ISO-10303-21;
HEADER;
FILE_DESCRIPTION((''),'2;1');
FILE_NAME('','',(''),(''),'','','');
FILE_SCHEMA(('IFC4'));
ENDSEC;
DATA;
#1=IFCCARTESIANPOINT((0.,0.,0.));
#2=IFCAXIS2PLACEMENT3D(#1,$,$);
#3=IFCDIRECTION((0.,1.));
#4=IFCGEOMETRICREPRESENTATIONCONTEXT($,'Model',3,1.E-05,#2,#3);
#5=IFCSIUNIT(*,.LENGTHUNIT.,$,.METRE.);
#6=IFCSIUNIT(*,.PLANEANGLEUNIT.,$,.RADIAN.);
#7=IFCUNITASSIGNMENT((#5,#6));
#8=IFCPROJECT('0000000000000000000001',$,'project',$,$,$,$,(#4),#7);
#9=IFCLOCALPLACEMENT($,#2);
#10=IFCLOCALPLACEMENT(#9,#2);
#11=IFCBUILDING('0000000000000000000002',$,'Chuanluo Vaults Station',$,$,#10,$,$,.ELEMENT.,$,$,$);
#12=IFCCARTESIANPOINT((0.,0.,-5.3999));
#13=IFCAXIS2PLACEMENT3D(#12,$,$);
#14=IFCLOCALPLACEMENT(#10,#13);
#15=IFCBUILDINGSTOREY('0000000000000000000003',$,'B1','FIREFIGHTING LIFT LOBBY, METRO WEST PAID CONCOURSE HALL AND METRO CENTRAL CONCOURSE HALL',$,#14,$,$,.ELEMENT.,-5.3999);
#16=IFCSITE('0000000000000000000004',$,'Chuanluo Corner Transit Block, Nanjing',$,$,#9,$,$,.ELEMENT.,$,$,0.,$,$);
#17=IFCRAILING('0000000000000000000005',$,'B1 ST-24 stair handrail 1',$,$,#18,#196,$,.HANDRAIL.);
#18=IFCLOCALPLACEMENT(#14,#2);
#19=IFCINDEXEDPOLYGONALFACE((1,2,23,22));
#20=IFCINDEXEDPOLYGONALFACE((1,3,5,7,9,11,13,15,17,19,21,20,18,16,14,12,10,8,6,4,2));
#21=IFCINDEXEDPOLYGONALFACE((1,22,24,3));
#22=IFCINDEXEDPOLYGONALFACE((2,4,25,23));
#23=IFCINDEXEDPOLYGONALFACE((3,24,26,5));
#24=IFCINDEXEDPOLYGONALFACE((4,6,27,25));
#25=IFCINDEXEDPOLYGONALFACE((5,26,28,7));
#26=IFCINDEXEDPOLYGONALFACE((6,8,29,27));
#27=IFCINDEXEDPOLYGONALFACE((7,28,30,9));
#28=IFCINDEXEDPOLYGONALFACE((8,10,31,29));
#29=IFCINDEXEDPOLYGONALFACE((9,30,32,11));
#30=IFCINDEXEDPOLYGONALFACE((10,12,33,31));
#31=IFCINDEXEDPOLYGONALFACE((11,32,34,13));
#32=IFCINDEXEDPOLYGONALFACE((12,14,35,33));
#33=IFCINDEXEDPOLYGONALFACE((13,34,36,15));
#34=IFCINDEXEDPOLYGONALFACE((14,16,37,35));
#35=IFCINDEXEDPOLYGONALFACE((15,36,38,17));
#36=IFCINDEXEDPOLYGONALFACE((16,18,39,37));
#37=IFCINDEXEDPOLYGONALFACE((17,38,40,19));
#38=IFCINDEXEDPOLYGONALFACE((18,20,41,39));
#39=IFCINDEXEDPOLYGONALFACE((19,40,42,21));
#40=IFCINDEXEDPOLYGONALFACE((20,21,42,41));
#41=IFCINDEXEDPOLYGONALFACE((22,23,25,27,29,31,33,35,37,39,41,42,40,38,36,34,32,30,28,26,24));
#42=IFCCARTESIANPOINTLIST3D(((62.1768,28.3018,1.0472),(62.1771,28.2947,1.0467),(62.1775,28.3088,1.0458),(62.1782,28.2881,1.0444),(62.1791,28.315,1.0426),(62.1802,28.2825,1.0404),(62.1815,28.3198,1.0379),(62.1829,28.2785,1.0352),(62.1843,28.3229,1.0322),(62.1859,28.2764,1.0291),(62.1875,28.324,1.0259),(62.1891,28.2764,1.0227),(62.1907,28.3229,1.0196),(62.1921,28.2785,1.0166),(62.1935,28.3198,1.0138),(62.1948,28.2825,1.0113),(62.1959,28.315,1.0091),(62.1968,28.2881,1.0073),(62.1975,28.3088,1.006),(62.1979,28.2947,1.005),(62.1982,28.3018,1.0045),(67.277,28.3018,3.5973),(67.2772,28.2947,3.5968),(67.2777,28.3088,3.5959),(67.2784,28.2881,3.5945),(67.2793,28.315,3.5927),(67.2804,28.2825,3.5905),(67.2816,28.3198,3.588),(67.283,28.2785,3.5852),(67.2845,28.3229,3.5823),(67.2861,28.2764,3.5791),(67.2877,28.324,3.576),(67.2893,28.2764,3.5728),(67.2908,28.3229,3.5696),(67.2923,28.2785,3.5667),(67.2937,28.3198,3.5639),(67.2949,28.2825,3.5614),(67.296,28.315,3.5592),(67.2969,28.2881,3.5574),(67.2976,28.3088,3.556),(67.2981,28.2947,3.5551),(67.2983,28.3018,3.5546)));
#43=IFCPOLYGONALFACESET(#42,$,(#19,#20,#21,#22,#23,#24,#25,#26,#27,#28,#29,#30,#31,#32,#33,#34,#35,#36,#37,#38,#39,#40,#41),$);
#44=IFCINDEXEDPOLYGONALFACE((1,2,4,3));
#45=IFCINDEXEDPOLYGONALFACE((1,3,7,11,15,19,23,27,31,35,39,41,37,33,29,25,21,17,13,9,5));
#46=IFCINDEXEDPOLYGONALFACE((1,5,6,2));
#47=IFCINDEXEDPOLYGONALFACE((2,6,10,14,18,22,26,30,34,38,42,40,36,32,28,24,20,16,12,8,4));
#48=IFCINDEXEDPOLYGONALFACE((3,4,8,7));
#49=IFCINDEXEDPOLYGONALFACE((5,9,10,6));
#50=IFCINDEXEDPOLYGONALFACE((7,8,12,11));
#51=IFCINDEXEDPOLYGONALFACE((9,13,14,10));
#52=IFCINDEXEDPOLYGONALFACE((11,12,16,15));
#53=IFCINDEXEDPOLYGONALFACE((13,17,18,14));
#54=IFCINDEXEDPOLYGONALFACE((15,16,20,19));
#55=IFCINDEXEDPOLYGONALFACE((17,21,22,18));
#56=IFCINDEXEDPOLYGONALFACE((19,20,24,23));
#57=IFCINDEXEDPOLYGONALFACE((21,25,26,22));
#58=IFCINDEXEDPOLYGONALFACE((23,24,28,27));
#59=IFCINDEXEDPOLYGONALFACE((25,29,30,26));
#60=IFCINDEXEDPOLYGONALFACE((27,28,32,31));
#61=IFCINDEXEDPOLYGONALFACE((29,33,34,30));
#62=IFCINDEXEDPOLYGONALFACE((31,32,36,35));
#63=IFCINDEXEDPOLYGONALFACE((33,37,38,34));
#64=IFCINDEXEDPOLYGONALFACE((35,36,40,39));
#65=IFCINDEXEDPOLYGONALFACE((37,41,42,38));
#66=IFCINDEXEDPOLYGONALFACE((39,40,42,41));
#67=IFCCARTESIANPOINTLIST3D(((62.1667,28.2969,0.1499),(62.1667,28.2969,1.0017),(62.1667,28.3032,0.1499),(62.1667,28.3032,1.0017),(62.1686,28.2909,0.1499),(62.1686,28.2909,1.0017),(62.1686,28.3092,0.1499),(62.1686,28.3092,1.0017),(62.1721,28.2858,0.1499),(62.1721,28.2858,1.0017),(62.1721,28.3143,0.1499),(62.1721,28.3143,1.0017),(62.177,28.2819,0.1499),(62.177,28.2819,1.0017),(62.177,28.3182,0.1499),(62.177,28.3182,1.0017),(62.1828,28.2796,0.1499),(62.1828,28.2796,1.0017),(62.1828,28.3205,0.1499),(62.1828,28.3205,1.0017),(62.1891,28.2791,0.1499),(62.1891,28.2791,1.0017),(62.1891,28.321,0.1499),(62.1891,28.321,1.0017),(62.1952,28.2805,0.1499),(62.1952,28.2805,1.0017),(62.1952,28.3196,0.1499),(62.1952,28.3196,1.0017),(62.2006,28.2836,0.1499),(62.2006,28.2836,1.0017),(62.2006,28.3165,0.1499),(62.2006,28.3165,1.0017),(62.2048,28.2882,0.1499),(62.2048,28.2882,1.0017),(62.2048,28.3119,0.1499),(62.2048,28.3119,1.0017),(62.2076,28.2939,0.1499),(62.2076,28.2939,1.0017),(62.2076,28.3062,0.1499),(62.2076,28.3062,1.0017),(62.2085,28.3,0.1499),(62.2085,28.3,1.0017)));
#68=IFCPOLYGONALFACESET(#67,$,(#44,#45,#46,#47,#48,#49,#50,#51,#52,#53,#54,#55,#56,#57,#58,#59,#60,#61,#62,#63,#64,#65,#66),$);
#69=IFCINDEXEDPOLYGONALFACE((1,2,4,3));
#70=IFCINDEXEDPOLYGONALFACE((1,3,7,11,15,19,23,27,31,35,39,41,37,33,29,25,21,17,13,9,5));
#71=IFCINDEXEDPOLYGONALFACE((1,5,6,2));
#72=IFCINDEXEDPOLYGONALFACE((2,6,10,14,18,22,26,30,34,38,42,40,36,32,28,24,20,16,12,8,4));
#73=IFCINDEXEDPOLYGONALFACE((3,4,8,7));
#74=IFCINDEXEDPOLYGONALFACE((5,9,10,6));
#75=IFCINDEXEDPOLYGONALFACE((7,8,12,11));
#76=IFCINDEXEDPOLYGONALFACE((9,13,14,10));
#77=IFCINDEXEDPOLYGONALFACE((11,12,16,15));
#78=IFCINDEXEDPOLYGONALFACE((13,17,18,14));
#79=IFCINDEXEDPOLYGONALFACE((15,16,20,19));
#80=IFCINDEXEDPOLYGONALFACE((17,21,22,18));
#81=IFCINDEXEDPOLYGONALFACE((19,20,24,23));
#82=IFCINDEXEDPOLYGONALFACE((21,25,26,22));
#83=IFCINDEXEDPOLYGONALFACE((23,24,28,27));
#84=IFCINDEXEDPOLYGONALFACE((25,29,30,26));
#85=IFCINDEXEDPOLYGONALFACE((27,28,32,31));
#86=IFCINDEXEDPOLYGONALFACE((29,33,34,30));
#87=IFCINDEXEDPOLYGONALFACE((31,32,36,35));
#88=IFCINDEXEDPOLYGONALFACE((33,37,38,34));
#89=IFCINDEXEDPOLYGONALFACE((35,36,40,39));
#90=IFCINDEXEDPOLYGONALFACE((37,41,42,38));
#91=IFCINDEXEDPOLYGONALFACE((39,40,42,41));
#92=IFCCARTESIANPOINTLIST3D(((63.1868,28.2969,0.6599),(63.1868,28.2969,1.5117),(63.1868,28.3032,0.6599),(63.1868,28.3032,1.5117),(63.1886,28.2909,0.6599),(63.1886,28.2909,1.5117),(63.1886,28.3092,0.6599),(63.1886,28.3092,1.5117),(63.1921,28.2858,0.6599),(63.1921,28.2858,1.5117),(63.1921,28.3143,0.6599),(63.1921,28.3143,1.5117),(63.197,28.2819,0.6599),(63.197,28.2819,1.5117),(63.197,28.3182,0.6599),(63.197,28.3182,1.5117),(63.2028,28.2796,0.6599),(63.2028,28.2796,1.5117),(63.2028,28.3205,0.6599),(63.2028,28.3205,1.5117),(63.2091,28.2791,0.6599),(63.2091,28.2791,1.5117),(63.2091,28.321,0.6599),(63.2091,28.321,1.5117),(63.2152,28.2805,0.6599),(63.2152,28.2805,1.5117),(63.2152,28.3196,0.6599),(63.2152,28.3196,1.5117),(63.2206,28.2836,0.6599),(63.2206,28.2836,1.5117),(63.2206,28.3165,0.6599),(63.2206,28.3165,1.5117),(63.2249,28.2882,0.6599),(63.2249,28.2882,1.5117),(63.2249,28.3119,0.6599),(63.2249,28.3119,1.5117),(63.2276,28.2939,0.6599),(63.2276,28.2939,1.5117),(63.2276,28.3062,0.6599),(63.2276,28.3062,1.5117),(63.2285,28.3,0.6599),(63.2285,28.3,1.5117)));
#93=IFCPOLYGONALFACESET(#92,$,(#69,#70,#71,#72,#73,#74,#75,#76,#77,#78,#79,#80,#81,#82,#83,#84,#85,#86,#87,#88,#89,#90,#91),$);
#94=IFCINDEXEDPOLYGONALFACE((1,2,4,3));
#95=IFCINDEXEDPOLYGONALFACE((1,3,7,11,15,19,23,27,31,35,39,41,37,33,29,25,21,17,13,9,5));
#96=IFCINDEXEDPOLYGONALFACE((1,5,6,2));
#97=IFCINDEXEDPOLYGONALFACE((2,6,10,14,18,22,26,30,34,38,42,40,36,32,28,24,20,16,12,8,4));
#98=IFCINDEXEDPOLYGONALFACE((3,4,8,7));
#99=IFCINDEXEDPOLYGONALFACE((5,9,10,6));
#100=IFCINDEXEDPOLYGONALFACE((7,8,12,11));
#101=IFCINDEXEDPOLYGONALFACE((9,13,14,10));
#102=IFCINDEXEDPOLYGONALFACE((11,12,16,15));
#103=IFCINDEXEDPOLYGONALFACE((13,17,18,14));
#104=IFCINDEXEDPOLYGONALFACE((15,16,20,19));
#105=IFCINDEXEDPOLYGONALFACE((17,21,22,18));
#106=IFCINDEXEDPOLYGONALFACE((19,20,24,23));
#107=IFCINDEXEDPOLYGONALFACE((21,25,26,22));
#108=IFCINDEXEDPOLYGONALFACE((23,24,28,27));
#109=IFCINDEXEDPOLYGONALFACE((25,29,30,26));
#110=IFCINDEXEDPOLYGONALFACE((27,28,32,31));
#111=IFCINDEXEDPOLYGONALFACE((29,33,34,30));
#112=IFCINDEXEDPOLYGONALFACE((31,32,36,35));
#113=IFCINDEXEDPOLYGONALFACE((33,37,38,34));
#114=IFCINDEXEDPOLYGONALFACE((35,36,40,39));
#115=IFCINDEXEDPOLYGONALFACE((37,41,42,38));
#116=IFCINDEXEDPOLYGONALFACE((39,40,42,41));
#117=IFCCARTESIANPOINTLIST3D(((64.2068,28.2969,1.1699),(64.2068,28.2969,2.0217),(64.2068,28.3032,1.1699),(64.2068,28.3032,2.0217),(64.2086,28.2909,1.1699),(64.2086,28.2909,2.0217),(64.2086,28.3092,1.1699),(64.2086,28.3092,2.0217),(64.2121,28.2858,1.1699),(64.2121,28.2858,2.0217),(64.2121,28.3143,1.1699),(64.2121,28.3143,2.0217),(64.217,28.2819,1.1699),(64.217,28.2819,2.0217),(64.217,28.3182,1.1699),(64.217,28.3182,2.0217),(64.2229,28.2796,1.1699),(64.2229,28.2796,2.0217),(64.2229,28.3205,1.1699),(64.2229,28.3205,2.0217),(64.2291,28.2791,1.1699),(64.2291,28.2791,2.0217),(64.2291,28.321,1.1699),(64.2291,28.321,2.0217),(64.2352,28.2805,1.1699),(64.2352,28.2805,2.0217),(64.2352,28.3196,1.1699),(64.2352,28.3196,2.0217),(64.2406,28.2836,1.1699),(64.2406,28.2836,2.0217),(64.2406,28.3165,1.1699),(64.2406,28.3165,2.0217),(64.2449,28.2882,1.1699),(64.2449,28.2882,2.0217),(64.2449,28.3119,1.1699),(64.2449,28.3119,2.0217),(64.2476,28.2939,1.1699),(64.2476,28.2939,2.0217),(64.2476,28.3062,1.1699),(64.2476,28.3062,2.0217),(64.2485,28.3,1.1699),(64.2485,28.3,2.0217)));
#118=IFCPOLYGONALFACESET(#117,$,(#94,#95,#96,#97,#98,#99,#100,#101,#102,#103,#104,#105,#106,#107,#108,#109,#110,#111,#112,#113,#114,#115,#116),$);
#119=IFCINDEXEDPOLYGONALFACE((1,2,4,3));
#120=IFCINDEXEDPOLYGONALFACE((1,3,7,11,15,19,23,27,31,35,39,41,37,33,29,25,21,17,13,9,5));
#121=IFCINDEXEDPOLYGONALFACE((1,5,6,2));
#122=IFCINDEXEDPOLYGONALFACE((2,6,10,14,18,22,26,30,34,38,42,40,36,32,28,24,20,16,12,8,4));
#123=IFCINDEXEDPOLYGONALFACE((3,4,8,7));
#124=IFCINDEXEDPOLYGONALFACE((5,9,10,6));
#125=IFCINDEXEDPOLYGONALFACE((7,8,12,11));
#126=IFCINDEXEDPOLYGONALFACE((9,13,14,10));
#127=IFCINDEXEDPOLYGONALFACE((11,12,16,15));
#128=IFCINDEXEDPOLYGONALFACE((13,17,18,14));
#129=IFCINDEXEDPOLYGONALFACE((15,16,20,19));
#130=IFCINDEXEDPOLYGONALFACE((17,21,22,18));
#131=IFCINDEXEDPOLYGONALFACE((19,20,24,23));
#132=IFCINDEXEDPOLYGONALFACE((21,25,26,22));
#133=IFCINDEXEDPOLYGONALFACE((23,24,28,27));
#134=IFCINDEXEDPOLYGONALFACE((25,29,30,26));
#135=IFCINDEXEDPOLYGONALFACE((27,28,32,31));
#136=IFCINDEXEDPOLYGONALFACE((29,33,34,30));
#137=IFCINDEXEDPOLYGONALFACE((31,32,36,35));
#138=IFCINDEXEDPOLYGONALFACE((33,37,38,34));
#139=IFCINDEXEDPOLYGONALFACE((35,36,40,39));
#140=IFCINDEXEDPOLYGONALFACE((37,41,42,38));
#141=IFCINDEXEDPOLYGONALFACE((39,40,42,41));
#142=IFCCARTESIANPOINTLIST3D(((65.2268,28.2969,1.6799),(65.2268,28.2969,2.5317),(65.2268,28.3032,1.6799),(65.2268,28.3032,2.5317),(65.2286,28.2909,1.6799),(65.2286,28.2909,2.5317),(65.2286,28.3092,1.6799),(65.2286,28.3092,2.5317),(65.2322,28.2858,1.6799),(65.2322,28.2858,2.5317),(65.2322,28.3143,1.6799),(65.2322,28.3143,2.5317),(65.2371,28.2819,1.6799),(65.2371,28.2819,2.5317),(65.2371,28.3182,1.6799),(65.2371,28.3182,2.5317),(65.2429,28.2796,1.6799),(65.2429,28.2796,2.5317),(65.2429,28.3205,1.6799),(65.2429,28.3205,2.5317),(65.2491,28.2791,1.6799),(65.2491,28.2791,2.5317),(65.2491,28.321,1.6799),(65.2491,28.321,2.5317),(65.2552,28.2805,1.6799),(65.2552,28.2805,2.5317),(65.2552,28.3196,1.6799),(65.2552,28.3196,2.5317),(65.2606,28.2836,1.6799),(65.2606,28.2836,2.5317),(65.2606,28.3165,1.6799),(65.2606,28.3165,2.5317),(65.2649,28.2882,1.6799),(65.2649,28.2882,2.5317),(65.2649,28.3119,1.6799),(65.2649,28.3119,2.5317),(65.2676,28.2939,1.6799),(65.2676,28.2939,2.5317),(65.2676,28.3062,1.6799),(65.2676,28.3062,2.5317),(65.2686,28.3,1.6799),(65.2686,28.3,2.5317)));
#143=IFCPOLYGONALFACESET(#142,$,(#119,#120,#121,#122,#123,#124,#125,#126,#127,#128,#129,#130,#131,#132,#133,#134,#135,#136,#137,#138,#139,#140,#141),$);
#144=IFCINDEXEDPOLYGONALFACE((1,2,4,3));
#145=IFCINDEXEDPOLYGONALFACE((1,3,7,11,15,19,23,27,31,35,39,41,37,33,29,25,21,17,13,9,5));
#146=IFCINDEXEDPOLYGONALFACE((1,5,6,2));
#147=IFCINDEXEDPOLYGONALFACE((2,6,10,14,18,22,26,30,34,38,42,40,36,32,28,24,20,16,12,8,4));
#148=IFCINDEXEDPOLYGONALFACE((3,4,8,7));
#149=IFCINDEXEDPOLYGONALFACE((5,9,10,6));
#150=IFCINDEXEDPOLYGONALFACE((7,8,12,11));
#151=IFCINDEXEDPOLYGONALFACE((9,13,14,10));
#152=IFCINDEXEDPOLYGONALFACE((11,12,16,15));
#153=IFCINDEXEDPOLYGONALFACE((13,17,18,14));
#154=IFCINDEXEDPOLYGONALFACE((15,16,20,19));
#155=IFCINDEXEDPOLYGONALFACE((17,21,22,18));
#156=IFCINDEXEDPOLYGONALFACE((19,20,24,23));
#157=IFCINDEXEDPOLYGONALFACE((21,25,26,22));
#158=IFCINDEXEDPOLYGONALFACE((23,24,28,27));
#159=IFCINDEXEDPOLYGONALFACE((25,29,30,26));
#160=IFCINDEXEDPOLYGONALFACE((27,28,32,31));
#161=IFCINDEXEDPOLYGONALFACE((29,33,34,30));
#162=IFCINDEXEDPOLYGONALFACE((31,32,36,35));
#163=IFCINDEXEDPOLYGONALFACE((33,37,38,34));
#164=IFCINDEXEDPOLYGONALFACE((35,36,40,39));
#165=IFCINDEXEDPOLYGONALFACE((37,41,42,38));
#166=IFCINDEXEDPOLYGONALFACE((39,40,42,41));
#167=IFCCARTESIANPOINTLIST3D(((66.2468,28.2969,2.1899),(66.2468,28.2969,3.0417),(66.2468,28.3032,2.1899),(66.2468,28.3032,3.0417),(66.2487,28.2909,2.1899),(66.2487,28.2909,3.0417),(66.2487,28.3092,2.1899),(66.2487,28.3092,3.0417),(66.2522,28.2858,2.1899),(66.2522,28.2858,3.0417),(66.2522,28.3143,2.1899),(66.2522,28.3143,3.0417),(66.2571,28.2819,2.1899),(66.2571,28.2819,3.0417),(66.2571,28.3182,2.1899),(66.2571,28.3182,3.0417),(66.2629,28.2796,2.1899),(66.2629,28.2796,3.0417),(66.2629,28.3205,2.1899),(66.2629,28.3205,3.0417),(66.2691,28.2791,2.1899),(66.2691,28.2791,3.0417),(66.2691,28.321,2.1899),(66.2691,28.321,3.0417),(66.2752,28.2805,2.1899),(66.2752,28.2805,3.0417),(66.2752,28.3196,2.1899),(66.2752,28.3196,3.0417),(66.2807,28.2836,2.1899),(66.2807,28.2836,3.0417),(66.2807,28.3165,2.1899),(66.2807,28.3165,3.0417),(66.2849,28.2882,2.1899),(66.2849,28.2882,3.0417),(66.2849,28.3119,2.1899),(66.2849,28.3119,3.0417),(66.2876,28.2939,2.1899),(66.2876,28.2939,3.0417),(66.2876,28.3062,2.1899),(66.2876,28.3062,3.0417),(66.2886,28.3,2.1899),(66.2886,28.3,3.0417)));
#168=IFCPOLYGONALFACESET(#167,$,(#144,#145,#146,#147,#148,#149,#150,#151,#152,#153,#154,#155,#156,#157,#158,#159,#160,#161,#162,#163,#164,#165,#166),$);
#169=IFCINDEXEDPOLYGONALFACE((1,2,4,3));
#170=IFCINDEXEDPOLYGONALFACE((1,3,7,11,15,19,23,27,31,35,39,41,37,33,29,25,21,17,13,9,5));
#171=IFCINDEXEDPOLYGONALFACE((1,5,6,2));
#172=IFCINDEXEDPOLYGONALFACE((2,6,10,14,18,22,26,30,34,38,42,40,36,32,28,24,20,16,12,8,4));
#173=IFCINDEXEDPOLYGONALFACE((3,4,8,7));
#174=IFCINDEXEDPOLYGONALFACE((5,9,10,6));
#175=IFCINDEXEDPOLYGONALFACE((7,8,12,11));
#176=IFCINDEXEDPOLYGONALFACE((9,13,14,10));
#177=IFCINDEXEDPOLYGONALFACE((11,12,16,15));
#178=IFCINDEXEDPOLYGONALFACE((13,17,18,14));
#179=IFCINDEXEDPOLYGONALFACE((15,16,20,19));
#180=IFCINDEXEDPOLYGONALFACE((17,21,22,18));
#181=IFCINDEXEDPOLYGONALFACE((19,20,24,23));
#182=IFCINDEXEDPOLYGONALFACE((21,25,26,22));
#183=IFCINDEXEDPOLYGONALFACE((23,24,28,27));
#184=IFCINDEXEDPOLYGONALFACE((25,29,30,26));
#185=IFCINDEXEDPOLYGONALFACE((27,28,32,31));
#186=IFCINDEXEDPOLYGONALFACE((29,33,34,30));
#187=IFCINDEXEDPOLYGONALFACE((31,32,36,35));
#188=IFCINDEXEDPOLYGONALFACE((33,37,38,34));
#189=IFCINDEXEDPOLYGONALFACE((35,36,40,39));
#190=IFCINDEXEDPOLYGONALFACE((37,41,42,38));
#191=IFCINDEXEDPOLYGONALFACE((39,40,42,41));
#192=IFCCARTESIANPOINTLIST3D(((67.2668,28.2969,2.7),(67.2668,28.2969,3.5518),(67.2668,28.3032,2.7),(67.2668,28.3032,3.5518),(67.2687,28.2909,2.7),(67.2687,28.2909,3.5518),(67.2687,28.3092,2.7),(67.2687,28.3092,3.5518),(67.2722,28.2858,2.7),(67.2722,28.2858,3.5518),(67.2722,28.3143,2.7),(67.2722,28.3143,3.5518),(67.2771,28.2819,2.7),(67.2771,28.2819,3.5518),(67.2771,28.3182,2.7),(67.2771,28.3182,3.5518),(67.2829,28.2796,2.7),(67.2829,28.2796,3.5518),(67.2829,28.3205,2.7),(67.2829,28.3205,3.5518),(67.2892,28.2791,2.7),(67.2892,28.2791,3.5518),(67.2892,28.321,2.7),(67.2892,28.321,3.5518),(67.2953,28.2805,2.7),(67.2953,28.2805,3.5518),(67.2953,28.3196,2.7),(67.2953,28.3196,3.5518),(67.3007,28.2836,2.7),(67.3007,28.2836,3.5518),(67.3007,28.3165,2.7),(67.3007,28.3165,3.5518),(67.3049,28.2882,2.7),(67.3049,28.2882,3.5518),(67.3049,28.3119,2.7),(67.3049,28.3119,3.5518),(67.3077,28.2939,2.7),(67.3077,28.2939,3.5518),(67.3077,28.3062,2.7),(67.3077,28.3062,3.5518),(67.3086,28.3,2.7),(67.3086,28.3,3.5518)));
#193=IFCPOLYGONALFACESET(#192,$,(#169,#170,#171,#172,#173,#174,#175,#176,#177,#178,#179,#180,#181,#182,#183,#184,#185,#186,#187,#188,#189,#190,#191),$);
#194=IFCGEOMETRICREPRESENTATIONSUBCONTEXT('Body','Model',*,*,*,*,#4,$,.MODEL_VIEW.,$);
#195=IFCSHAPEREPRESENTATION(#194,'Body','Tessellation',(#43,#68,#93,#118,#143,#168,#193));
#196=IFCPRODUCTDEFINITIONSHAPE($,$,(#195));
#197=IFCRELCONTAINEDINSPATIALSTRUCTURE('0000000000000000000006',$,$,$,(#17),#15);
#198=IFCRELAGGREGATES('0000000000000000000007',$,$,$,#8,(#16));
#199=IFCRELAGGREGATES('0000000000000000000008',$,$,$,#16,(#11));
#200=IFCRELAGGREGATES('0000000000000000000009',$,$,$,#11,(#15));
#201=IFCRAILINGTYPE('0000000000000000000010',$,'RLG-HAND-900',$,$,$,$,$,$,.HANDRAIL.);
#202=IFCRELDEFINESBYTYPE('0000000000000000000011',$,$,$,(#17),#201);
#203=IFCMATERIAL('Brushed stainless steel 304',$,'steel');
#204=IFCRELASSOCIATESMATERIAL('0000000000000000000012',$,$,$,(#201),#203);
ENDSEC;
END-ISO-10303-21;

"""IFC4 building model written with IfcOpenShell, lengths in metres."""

from ifc_helpers import new_model, si_unit, direction, frame, origin, origin_2d, place, context, subcontext, project, spatial, circle, extrude, material, type_object, element, save


model = new_model("IFC4")

# Units and contexts
model_context = context("Model", 3, precision=1e-05, world=origin(), true_north=direction((0.0, 1.0)))
body_context = subcontext(model_context, "Body", "Model", "MODEL_VIEW")
ifc_project = project(units=[si_unit("LENGTHUNIT", "METRE"), si_unit("PLANEANGLEUNIT", "RADIAN")], contexts=[model_context])

# Site, building, storey
site_placement = place(None, origin())
site = spatial("IfcSite", under=ifc_project, at=site_placement, Name="Chuanluo Corner Transit Block, Nanjing", CompositionType="ELEMENT", RefElevation=0.0)
building_placement = place(site_placement, origin())
building = spatial("IfcBuilding", under=site, at=building_placement, Name="Chuanluo Vaults Station", CompositionType="ELEMENT")
storey_placement = place(building_placement, frame((0.0, 0.0, -5.3999)))
storey = spatial("IfcBuildingStorey", under=building, at=storey_placement, Name="B1", Description="FIREFIGHTING LIFT LOBBY, METRO WEST PAID CONCOURSE HALL AND METRO CENTRAL CONCOURSE HALL", CompositionType="ELEMENT", Elevation=-5.3999)

# Railing
ifc_material_1 = material(Name="Brushed stainless steel 304", Category="steel")
railing_type_1 = type_object("IfcRailingType", Name="RLG-HAND-900", PredefinedType="HANDRAIL", material=ifc_material_1)
railing_1_placement = place(storey_placement, frame((62.1875, 28.3, 0.1499)))
element("IfcRailing", 1, at=railing_1_placement, inside=storey, type_object=railing_type_1, Name="B1 ST-24 stair handrail 1", PredefinedType="HANDRAIL", context=body_context, shape_type="SweptSolid", body=[
    extrude(circle(Radius=0.0239, at=origin_2d()), frame((0.0, 0.0, 0.876), z_axis=(0.894427, 0.0, 0.447214), x_axis=(0.0, 1.0, 0.0)), (0.0, 0.0, 1.0), 5.7021),
    extrude(circle(Radius=0.021, at=origin_2d()), origin(), (0.0, 0.0, 1.0), 0.8518),
    extrude(circle(Radius=0.021, at=origin_2d()), frame((1.02, 0.0, 0.51)), (0.0, 0.0, 1.0), 0.8518),
    extrude(circle(Radius=0.021, at=origin_2d()), frame((2.04, 0.0, 1.02)), (0.0, 0.0, 1.0), 0.8518),
    extrude(circle(Radius=0.021, at=origin_2d()), frame((3.0601, 0.0, 1.53)), (0.0, 0.0, 1.0), 0.8518),
    extrude(circle(Radius=0.021, at=origin_2d()), frame((4.0801, 0.0, 2.04)), (0.0, 0.0, 1.0), 0.8518),
    extrude(circle(Radius=0.021, at=origin_2d()), frame((5.1001, 0.0, 2.55)), (0.0, 0.0, 1.0), 0.8518),
])

save(model, "model.ifc")
